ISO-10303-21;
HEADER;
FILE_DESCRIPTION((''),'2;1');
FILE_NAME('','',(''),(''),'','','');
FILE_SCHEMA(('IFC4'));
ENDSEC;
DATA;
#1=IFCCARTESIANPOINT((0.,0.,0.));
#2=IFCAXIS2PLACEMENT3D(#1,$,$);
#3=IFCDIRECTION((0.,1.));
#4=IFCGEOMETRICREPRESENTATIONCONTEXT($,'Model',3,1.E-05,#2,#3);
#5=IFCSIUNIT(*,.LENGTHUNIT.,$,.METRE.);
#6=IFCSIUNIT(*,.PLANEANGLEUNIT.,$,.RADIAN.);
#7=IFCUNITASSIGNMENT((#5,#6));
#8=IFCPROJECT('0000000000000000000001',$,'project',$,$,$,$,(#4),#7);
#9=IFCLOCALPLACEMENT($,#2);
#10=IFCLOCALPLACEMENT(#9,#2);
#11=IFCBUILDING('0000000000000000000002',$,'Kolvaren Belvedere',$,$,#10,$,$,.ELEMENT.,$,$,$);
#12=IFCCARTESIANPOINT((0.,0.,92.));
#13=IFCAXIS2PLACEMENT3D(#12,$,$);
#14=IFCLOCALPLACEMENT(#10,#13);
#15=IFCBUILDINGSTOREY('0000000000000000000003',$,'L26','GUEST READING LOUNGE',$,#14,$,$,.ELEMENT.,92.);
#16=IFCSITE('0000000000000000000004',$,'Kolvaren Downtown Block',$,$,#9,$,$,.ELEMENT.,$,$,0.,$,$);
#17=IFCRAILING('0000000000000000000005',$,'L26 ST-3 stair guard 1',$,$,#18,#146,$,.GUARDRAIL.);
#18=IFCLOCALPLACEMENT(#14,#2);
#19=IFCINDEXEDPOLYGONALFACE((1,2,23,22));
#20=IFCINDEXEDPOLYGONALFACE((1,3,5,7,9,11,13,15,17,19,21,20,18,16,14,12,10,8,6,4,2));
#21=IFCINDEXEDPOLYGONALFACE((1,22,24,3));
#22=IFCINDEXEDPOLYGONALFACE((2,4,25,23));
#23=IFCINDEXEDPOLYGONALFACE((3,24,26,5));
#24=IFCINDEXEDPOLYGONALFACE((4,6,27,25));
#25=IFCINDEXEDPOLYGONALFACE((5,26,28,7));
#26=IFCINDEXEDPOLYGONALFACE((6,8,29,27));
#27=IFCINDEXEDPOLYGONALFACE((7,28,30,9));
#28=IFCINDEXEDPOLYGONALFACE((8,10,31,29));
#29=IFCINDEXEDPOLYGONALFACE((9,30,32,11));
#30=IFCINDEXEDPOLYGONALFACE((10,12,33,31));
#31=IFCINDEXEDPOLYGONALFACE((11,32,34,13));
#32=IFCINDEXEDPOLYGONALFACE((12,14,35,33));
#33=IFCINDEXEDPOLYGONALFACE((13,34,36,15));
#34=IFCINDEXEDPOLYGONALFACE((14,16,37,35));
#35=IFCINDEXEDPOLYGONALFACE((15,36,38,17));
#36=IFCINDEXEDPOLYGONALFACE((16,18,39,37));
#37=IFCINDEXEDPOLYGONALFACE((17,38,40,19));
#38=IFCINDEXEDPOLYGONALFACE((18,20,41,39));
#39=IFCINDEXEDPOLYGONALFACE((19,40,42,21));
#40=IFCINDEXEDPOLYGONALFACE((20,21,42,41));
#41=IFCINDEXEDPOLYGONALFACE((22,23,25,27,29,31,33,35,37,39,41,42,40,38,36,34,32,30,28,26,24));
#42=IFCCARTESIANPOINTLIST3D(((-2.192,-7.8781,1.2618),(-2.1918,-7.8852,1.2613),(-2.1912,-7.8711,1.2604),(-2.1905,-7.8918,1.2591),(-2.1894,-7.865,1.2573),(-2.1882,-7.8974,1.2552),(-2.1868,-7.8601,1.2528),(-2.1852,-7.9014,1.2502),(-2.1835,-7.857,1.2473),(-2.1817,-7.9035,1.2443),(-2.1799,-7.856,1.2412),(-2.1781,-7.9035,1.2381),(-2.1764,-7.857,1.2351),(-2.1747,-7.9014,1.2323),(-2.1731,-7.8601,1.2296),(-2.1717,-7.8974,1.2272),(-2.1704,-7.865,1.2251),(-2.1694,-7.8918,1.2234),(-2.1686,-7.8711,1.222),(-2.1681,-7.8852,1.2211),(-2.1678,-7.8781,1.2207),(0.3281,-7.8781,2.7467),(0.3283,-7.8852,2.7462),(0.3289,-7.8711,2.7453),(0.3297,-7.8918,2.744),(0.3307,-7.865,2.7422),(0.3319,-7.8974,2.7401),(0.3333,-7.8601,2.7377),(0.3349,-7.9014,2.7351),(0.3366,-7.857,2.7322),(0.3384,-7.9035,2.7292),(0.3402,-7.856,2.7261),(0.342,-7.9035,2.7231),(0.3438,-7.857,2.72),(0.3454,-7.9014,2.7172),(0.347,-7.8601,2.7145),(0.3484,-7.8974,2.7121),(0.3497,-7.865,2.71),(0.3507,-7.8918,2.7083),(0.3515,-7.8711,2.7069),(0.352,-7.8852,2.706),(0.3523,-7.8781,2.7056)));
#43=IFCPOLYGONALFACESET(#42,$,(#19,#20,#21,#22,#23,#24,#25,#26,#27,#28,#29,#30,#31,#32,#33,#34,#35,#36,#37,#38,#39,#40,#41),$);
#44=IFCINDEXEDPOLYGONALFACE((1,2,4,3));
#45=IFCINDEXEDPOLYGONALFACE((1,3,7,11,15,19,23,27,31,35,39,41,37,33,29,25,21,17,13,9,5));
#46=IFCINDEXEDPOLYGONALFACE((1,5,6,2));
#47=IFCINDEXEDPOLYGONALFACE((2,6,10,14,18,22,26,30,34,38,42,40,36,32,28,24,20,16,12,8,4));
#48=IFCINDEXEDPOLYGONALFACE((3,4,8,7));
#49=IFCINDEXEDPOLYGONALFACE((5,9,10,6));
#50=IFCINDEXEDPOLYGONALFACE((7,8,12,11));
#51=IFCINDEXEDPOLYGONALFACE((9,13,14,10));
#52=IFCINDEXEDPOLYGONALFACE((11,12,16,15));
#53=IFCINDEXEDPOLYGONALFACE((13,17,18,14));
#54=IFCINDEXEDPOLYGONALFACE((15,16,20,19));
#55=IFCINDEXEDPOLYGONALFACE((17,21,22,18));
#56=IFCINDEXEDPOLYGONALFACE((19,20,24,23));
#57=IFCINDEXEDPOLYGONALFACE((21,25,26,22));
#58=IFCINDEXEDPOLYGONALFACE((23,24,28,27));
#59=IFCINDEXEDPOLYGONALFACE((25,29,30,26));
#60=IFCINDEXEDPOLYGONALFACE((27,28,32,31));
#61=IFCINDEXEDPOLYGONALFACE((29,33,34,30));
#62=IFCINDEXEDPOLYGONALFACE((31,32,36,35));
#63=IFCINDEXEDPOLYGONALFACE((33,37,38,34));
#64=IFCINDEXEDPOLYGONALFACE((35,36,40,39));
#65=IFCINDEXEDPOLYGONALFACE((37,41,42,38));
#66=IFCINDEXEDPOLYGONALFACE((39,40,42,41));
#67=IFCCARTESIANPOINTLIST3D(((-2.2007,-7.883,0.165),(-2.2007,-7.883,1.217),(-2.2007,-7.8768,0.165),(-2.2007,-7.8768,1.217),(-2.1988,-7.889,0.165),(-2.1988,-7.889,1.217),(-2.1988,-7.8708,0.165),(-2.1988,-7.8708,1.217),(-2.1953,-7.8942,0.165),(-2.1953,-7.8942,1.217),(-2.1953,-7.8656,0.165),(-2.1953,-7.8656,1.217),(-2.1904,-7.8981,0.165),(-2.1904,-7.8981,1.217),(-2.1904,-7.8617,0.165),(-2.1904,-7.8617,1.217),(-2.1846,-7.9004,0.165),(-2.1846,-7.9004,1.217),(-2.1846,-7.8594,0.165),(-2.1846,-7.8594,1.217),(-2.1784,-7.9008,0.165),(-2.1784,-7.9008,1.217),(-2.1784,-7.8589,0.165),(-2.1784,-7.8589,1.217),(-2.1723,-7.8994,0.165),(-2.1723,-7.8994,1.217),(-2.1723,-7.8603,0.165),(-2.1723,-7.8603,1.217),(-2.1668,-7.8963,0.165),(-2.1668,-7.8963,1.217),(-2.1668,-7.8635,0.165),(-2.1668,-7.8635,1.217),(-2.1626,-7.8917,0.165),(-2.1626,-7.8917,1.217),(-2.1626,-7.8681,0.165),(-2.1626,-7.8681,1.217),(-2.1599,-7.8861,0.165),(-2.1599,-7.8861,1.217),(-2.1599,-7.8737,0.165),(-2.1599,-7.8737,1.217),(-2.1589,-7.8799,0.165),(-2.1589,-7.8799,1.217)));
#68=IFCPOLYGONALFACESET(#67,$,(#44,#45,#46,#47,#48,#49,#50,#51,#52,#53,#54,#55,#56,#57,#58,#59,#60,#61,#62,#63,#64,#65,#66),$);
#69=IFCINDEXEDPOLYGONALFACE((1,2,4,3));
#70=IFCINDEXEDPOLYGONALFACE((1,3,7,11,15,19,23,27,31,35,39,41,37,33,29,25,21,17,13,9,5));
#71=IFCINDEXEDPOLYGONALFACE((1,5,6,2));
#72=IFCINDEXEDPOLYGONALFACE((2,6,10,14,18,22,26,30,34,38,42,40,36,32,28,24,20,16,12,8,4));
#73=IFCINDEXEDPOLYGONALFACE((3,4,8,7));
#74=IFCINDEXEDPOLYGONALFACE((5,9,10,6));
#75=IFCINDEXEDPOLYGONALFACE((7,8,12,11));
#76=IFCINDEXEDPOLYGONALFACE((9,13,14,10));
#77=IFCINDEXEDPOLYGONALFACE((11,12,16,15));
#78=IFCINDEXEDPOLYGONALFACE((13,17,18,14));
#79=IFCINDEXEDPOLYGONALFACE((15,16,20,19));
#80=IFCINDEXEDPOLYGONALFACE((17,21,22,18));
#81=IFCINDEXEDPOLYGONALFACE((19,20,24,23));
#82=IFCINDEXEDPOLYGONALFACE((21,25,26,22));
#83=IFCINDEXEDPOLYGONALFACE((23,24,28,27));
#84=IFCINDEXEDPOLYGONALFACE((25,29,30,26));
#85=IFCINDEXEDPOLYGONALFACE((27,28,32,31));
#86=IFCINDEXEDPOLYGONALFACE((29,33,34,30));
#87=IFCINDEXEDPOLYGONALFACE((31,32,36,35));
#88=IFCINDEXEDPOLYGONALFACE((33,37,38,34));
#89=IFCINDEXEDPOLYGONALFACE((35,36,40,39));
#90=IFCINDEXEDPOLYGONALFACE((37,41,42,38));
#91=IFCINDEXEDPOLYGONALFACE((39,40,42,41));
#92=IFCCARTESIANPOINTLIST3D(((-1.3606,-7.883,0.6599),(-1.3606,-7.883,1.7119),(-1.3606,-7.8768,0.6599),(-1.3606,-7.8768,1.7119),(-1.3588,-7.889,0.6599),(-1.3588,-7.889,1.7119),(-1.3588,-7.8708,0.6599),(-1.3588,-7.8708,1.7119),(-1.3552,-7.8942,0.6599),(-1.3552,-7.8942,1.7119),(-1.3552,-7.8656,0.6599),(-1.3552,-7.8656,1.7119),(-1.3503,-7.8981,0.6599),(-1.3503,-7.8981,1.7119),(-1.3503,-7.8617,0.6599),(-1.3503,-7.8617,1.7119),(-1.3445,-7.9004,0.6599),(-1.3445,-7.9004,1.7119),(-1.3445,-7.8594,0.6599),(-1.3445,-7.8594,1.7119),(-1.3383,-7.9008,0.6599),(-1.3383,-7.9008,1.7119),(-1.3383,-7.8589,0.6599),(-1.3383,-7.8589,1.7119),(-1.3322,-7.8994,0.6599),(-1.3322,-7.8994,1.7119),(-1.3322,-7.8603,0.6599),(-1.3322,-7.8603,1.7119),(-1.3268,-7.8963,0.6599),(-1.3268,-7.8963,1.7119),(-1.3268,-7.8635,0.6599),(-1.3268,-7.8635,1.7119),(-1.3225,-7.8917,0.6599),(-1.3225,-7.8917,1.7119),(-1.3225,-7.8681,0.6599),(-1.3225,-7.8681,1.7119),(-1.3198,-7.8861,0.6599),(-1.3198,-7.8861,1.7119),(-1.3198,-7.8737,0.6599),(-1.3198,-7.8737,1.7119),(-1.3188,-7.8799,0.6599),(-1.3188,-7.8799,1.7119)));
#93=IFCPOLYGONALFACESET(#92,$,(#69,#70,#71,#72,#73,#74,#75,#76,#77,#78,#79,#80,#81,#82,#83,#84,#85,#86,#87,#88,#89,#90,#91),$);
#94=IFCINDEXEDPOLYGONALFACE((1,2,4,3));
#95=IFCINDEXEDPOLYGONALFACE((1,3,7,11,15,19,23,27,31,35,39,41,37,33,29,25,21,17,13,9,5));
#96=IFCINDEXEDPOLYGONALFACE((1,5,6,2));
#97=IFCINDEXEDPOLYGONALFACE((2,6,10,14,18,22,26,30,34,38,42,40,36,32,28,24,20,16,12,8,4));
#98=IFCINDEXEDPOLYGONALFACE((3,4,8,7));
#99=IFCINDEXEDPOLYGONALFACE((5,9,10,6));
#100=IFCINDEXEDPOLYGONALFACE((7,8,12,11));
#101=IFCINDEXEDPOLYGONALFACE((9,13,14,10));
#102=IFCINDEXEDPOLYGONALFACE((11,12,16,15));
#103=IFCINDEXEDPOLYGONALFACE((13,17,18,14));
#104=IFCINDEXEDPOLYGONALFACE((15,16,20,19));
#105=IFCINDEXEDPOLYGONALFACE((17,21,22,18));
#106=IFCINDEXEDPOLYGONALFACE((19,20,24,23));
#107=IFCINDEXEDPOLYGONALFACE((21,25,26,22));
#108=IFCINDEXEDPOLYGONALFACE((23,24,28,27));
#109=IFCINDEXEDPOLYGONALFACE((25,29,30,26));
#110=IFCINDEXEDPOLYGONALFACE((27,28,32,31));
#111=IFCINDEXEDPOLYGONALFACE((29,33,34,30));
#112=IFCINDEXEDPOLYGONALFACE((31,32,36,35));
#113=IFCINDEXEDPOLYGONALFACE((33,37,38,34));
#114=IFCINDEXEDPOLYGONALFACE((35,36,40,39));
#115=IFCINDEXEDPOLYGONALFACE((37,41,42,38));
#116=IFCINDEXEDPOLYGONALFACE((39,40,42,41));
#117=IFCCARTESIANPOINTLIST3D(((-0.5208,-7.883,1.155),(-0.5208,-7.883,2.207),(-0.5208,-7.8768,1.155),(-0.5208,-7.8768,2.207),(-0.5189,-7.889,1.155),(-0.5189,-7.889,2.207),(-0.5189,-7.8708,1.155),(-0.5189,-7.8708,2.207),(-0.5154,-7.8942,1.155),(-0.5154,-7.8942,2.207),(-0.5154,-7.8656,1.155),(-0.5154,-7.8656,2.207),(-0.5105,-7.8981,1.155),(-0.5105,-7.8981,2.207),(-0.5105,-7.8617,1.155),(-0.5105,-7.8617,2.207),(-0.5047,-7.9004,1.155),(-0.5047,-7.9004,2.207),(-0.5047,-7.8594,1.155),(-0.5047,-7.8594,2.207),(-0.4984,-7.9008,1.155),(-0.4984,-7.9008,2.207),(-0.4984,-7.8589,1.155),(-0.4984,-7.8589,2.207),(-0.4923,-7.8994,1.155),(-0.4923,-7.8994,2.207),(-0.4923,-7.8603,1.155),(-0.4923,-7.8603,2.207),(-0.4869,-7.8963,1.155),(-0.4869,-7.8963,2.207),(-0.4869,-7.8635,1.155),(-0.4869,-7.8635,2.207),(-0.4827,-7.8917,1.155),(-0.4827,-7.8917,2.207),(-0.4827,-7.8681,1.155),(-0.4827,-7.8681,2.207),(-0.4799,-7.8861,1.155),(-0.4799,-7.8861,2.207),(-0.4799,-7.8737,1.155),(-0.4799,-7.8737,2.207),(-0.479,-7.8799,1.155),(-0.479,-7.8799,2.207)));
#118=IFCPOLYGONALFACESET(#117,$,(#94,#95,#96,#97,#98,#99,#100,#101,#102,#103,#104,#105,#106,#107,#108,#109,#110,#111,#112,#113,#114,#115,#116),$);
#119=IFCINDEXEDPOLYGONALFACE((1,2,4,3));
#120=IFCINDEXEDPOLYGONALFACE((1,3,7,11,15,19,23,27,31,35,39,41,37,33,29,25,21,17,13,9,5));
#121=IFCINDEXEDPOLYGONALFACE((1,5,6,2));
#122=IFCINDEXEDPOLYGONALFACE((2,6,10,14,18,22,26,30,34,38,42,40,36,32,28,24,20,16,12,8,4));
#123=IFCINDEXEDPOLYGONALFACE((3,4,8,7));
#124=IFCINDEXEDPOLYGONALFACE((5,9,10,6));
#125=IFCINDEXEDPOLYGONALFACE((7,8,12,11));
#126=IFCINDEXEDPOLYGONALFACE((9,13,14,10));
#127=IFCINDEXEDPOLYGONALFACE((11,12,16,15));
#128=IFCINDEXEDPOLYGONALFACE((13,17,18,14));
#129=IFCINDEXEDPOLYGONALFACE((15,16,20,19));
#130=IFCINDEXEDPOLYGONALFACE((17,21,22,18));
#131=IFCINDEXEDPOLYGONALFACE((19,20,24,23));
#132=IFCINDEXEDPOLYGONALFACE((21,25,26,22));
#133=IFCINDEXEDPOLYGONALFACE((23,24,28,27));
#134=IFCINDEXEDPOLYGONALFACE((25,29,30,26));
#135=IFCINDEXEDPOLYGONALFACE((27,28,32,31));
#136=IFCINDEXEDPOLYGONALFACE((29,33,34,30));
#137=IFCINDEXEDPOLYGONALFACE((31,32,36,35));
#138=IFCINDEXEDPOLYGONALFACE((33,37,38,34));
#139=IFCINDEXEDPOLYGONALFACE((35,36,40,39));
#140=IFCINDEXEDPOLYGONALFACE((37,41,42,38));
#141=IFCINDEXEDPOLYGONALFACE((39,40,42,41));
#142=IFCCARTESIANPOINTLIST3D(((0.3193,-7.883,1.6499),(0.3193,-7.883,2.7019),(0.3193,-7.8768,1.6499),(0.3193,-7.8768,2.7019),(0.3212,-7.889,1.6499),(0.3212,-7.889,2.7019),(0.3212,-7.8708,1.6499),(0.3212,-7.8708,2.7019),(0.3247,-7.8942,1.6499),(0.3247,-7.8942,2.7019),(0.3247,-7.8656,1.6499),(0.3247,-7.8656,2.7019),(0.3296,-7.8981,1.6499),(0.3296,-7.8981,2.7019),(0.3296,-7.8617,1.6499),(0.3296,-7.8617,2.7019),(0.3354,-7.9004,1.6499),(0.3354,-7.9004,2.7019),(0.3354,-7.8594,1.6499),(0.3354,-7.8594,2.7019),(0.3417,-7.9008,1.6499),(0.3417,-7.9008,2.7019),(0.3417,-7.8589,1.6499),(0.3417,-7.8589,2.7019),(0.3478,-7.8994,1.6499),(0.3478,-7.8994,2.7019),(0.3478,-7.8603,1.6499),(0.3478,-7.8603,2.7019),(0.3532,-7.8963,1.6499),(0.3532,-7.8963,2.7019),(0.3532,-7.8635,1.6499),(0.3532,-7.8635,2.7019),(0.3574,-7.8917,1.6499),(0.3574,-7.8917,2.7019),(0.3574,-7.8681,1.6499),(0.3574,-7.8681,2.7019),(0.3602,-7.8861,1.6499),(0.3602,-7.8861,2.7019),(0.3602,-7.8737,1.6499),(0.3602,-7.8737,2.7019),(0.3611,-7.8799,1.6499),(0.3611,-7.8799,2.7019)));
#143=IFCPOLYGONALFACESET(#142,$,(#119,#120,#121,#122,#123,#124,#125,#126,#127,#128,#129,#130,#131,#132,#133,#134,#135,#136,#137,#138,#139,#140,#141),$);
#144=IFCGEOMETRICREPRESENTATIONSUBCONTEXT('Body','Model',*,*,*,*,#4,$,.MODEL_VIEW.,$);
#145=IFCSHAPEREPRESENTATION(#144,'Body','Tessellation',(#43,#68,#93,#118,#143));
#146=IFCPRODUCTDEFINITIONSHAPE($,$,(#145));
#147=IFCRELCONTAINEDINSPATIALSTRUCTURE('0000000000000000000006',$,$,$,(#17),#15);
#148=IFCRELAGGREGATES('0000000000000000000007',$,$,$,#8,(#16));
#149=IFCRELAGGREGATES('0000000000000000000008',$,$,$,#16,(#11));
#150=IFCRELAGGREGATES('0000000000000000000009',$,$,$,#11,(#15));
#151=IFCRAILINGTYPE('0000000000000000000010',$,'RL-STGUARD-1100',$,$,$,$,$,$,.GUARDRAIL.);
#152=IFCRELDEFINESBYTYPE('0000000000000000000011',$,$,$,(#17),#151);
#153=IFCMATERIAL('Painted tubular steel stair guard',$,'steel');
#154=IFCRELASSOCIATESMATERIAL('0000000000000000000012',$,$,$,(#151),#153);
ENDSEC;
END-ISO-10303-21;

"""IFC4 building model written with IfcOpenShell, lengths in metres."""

from ifc_helpers import new_model, si_unit, direction, frame, origin, origin_2d, place, context, subcontext, project, spatial, circle, extrude, material, type_object, element, save


model = new_model("IFC4")

# Units and contexts
model_context = context("Model", 3, precision=1e-05, world=origin(), true_north=direction((0.0, 1.0)))
body_context = subcontext(model_context, "Body", "Model", "MODEL_VIEW")
ifc_project = project(units=[si_unit("LENGTHUNIT", "METRE"), si_unit("PLANEANGLEUNIT", "RADIAN")], contexts=[model_context])

# Site, building, storey
site_placement = place(None, origin())
site = spatial("IfcSite", under=ifc_project, at=site_placement, Name="Kolvaren Downtown Block", CompositionType="ELEMENT", RefElevation=0.0)
building_placement = place(site_placement, origin())
building = spatial("IfcBuilding", under=site, at=building_placement, Name="Kolvaren Belvedere", CompositionType="ELEMENT")
storey_placement = place(building_placement, frame((0.0, 0.0, 92.0)))
storey = spatial("IfcBuildingStorey", under=building, at=storey_placement, Name="L26", Description="GUEST READING LOUNGE", CompositionType="ELEMENT", Elevation=92.0)

# Railing
ifc_material_1 = material(Name="Painted tubular steel stair guard", Category="steel")
railing_type_1 = type_object("IfcRailingType", Name="RL-STGUARD-1100", PredefinedType="GUARDRAIL", material=ifc_material_1)
railing_1_placement = place(storey_placement, frame((-2.1799, -7.8799, 0.165)))
element("IfcRailing", 1, at=railing_1_placement, inside=storey, type_object=railing_type_1, Name="L26 ST-3 stair guard 1", PredefinedType="GUARDRAIL", context=body_context, shape_type="SweptSolid", body=[
    extrude(circle(Radius=0.0239, at=origin_2d()), frame((0.0, 0.0, 1.0762), z_axis=(0.861561, 0.0, 0.507655), x_axis=(0.0, 1.0, 0.0)), (0.0, 0.0, 1.0), 2.925),
    extrude(circle(Radius=0.021, at=origin_2d()), origin(), (0.0, 0.0, 1.0), 1.052),
    extrude(circle(Radius=0.021, at=origin_2d()), frame((0.8401, 0.0, 0.4949)), (0.0, 0.0, 1.0), 1.052),
    extrude(circle(Radius=0.021, at=origin_2d()), frame((1.6799, 0.0, 0.99)), (0.0, 0.0, 1.0), 1.052),
    extrude(circle(Radius=0.021, at=origin_2d()), frame((2.52, 0.0, 1.4849)), (0.0, 0.0, 1.0), 1.052),
])

save(model, "model.ifc")
